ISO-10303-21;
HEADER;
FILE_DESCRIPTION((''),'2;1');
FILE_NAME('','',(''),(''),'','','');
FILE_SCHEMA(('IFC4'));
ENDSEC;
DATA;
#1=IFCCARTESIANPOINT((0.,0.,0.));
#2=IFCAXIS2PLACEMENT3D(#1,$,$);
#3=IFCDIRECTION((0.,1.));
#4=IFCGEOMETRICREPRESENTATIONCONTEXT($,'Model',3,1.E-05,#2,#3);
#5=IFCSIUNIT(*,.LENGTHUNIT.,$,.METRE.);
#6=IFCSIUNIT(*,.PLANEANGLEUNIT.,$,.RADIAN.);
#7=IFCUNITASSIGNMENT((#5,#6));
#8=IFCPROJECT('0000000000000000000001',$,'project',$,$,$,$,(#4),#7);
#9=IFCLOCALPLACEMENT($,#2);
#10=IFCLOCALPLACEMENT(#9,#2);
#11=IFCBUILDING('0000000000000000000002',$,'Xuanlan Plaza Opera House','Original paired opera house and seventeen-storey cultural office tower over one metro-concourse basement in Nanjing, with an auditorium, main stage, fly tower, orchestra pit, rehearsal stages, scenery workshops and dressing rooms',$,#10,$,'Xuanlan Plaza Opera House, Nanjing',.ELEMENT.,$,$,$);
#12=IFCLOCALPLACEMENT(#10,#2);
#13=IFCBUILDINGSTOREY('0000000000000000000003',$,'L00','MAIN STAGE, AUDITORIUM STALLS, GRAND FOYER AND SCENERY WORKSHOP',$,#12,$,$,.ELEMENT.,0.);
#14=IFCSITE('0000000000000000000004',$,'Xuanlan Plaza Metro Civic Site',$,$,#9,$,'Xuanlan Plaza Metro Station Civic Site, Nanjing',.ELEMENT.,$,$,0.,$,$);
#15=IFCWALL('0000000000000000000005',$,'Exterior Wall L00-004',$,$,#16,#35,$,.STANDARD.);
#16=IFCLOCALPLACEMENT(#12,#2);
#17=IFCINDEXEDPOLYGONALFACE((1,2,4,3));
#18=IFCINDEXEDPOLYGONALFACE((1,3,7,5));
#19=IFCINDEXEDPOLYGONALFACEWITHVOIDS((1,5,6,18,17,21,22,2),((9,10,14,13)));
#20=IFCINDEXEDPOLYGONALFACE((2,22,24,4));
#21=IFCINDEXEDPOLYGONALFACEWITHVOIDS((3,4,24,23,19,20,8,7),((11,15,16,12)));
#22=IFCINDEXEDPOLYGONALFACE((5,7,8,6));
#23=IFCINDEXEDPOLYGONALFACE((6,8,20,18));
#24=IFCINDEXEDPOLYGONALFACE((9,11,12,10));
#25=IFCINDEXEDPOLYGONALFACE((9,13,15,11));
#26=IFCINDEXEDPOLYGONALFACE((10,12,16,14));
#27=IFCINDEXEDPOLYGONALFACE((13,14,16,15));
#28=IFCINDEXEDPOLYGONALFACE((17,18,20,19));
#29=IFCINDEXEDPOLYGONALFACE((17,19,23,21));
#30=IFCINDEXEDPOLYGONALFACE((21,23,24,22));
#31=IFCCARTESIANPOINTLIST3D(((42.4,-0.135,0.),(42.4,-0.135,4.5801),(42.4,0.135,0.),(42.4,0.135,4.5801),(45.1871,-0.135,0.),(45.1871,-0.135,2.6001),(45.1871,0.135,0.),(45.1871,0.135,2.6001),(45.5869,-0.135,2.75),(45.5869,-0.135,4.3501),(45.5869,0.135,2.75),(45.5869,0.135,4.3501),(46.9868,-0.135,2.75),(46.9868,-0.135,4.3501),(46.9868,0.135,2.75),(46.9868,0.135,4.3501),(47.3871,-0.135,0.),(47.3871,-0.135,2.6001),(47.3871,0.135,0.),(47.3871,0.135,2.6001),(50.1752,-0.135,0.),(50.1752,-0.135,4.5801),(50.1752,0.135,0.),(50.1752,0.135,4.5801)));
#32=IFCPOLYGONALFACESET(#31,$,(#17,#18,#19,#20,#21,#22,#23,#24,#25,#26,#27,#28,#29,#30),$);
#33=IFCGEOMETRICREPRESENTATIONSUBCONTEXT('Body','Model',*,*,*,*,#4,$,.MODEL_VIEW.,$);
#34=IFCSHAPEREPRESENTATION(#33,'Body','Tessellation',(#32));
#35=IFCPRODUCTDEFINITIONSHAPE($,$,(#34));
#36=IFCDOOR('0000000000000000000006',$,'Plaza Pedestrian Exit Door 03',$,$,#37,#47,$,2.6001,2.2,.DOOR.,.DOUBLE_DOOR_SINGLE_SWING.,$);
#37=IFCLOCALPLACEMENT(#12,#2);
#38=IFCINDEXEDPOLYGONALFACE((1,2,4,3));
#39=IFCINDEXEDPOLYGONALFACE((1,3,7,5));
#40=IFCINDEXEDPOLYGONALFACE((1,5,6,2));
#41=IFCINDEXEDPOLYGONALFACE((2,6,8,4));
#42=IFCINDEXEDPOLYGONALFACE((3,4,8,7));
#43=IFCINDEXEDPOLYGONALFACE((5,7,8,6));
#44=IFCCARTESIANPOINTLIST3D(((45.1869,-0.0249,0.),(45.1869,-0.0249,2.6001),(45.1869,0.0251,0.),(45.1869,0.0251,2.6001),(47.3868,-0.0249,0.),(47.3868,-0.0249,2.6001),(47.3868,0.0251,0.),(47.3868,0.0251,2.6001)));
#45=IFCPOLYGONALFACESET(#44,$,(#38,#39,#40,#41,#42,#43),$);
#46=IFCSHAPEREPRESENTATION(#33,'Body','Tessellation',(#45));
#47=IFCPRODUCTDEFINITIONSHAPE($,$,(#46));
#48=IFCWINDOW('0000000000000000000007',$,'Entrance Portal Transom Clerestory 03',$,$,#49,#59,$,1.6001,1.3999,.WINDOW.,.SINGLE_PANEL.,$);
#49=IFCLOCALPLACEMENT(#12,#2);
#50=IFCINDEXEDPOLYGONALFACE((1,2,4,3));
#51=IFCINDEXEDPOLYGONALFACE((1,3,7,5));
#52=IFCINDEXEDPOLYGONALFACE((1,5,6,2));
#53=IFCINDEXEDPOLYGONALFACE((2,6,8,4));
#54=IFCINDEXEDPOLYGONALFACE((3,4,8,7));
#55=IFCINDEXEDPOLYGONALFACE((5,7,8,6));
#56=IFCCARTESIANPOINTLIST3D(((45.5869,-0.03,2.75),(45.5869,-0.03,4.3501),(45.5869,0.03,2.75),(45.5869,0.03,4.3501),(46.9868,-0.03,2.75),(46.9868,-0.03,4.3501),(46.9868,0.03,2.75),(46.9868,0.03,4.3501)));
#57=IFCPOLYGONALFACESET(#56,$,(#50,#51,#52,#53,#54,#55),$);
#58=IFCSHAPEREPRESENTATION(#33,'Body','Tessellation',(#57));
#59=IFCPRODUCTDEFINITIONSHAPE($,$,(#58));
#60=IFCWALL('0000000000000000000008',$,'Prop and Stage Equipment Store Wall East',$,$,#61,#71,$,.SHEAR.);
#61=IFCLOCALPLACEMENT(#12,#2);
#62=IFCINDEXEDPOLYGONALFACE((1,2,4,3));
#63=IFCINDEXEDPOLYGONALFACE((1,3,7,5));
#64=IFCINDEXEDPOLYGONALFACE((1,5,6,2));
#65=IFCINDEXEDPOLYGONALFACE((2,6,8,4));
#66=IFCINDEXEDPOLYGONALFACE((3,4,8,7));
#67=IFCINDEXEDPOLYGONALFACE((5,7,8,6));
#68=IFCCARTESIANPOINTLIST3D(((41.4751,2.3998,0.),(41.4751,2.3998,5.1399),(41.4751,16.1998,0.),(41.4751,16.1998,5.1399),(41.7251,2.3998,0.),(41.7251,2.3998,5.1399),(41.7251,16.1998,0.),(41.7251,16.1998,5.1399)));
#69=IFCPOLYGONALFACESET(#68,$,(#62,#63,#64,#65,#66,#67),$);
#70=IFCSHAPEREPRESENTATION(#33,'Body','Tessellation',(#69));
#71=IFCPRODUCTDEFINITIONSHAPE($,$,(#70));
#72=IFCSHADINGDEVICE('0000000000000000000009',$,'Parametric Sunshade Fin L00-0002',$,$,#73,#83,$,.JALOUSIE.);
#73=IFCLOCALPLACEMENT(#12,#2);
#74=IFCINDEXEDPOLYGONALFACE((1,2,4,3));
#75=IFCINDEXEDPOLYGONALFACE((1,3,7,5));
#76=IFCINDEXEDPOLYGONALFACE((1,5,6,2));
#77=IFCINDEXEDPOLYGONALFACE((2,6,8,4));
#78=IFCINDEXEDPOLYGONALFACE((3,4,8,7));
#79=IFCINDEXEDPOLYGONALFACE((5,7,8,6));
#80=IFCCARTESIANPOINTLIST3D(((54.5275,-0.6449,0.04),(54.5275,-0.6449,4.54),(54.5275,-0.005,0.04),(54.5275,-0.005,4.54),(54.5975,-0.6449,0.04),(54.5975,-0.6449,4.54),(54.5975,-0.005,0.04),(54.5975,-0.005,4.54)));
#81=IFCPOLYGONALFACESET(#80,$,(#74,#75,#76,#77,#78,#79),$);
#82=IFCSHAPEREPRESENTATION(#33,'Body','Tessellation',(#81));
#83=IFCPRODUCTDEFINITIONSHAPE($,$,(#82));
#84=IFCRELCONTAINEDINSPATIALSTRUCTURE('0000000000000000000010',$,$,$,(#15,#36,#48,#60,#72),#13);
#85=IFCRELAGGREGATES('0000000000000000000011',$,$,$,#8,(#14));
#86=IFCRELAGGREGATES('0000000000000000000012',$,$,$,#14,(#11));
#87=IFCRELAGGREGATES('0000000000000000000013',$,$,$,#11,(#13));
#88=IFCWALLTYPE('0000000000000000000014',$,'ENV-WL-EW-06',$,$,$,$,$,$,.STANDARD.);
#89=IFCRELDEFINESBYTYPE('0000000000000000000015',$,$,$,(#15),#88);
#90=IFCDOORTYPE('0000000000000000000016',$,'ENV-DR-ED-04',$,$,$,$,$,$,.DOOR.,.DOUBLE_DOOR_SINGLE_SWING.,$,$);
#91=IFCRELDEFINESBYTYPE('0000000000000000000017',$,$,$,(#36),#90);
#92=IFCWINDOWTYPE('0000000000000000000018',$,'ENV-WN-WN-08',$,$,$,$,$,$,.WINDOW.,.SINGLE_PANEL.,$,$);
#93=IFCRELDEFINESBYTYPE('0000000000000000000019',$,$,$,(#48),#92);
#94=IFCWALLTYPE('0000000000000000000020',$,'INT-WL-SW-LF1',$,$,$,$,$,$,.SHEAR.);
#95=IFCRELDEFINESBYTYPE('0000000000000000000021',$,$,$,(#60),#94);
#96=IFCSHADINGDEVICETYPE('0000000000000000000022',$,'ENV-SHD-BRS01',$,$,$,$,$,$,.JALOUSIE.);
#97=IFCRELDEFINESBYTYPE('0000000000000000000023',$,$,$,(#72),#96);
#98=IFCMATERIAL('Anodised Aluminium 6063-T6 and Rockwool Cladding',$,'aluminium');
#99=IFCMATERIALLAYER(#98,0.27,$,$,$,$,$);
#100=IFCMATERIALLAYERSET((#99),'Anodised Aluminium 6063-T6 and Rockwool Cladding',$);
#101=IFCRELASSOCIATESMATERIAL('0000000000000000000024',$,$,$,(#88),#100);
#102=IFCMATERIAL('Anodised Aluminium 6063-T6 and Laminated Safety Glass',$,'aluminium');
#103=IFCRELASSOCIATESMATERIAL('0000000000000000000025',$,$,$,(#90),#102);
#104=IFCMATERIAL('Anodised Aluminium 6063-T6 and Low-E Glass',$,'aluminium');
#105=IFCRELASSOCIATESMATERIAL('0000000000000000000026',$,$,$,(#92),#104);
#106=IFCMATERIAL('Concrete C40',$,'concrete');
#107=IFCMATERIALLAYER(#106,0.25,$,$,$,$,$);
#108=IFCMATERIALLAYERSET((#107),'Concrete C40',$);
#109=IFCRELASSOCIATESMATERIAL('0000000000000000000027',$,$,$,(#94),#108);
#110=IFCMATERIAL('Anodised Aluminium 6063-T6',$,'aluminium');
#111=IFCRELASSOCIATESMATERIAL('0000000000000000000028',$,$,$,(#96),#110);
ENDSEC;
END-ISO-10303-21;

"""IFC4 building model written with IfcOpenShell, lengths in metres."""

from ifc_helpers import new_model, si_unit, direction, frame, frame_2d, origin, origin_2d, place, context, subcontext, project, spatial, rectangle, extrude, material, layer, layer_set, type_object, element, fill, save


model = new_model("IFC4")

# Units and contexts
model_context = context("Model", 3, precision=1e-05, world=origin(), true_north=direction((0.0, 1.0)))
body_context = subcontext(model_context, "Body", "Model", "MODEL_VIEW")
ifc_project = project(units=[si_unit("LENGTHUNIT", "METRE"), si_unit("PLANEANGLEUNIT", "RADIAN")], contexts=[model_context])

# Site, building, storey
site_placement = place(None, origin())
site = spatial("IfcSite", under=ifc_project, at=site_placement, Name="Xuanlan Plaza Metro Civic Site", LongName="Xuanlan Plaza Metro Station Civic Site, Nanjing", CompositionType="ELEMENT", RefElevation=0.0)
building_placement = place(site_placement, origin())
building = spatial("IfcBuilding", under=site, at=building_placement, Name="Xuanlan Plaza Opera House", Description="Original paired opera house and seventeen-storey cultural office tower over one metro-concourse basement in Nanjing, with an auditorium, main stage, fly tower, orchestra pit, rehearsal stages, scenery workshops and dressing rooms", LongName="Xuanlan Plaza Opera House, Nanjing", CompositionType="ELEMENT")
storey_placement = place(building_placement, origin())
storey = spatial("IfcBuildingStorey", under=building, at=storey_placement, Name="L00", Description="MAIN STAGE, AUDITORIUM STALLS, GRAND FOYER AND SCENERY WORKSHOP", CompositionType="ELEMENT", Elevation=0.0)

# Shared definitions
ifc_material_1 = material(Name="Concrete C40", Category="concrete")

# Shared definitions
ifc_material_2 = material(Name="Anodised Aluminium 6063-T6 and Low-E Glass", Category="aluminium")
ifc_material_3 = material(Name="Anodised Aluminium 6063-T6", Category="aluminium")

# Wall, openings, door, window
ifc_material_4 = material(Name="Anodised Aluminium 6063-T6 and Rockwool Cladding", Category="aluminium")
ifc_layer_1 = layer(ifc_material_4, 0.27)
ifc_layer_set_1 = layer_set([ifc_layer_1], Name="Anodised Aluminium 6063-T6 and Rockwool Cladding")
wall_type_1 = type_object("IfcWallType", Name="ENV-WL-EW-06", PredefinedType="STANDARD", material=ifc_layer_set_1)
wall_1_placement = place(storey_placement, frame((42.3999, 0.0, 0.0), z_axis=(0.0, 0.0, 1.0), x_axis=(1.0, 0.0, 0.0)))
wall_1 = element("IfcWall", 1, at=wall_1_placement, inside=storey, type_object=wall_type_1, Name="Exterior Wall L00-004", PredefinedType="STANDARD", context=body_context, shape_type="SweptSolid", body=[
    extrude(rectangle(XDim=7.7751, YDim=0.27, at=frame_2d((3.8877, 0.0))), origin(), (0.0, 0.0, 1.0), 4.5801),
])
opening_1_placement = place(wall_1_placement, frame((2.7871, 0.0, 0.0)))
opening_1 = element("IfcOpeningElement", 2, at=opening_1_placement, cuts=wall_1, PredefinedType="OPENING", context=body_context, shape_type="SweptSolid", body=[
    extrude(rectangle(XDim=2.2, YDim=2.6001, at=frame_2d((1.1001, 1.3))), frame((0.0, 0.145, 0.0), z_axis=(0.0, -1.0, 0.0), x_axis=(1.0, 0.0, 0.0)), (0.0, 0.0, 1.0), 0.29),
])
opening_2_placement = place(wall_1_placement, frame((3.187, 0.0, 2.75)))
opening_2 = element("IfcOpeningElement", 3, at=opening_2_placement, cuts=wall_1, PredefinedType="OPENING", context=body_context, shape_type="SweptSolid", body=[
    extrude(rectangle(XDim=1.3999, YDim=1.6001, at=frame_2d((0.7, 0.8))), frame((0.0, 0.145, 0.0), z_axis=(0.0, -1.0, 0.0), x_axis=(1.0, 0.0, 0.0)), (0.0, 0.0, 1.0), 0.29),
])
ifc_material_5 = material(Name="Anodised Aluminium 6063-T6 and Laminated Safety Glass", Category="aluminium")
door_type = type_object("IfcDoorType", Name="ENV-DR-ED-04", OperationType="DOUBLE_DOOR_SINGLE_SWING", PredefinedType="DOOR", material=ifc_material_5)
door_placement = place(opening_1_placement, frame((2.2, 0.0, 0.0), z_axis=(0.0, 0.0, 1.0), x_axis=(-1.0, 0.0, 0.0)))
door = element("IfcDoor", 4, at=door_placement, inside=storey, type_object=door_type, Name="Plaza Pedestrian Exit Door 03", OperationType="DOUBLE_DOOR_SINGLE_SWING", OverallHeight=2.6001, OverallWidth=2.2, PredefinedType="DOOR", context=body_context, shape_type="SweptSolid", body=[
    extrude(rectangle(XDim=2.2, YDim=2.6001, at=frame_2d((1.1001, 1.3))), frame((0.0, 0.0249, 0.0), z_axis=(0.0, -1.0, 0.0), x_axis=(1.0, 0.0, 0.0)), (0.0, 0.0, 1.0), 0.05),
])
fill(opening_1, door)
window_type = type_object("IfcWindowType", Name="ENV-WN-WN-08", PartitioningType="SINGLE_PANEL", PredefinedType="WINDOW", material=ifc_material_2)
window_placement = place(opening_2_placement, origin())
window = element("IfcWindow", 5, at=window_placement, inside=storey, type_object=window_type, Name="Entrance Portal Transom Clerestory 03", OverallHeight=1.6001, OverallWidth=1.3999, PartitioningType="SINGLE_PANEL", PredefinedType="WINDOW", context=body_context, shape_type="SweptSolid", body=[
    extrude(rectangle(XDim=1.3999, YDim=1.6001, at=frame_2d((0.7, 0.8))), frame((0.0, 0.03, 0.0), z_axis=(0.0, -1.0, 0.0), x_axis=(1.0, 0.0, 0.0)), (0.0, 0.0, 1.0), 0.0601),
])
fill(opening_2, window)

# Wall
ifc_layer_2 = layer(ifc_material_1, 0.25)
ifc_layer_set_2 = layer_set([ifc_layer_2], Name="Concrete C40")
wall_type_2 = type_object("IfcWallType", Name="INT-WL-SW-LF1", PredefinedType="SHEAR", material=ifc_layer_set_2)
wall_2_placement = place(storey_placement, frame((41.6001, 2.3999, 0.0), z_axis=(0.0, 0.0, 1.0), x_axis=(0.0, 1.0, 0.0)))
element("IfcWall", 6, at=wall_2_placement, inside=storey, type_object=wall_type_2, Name="Prop and Stage Equipment Store Wall East", PredefinedType="SHEAR", context=body_context, shape_type="SweptSolid", body=[
    extrude(rectangle(XDim=13.8, YDim=0.25, at=frame_2d((6.8999, 0.0))), origin(), (0.0, 0.0, 1.0), 5.1399),
])

# Shading device
shading_device_type = type_object("IfcShadingDeviceType", Name="ENV-SHD-BRS01", PredefinedType="JALOUSIE", material=ifc_material_3)
shading_device_placement = place(storey_placement, frame((54.5625, -0.325, 0.04), z_axis=(0.0, 0.0, 1.0), x_axis=(0.0, -1.0, 0.0)))
element("IfcShadingDevice", 7, at=shading_device_placement, inside=storey, type_object=shading_device_type, Name="Parametric Sunshade Fin L00-0002", PredefinedType="JALOUSIE", context=body_context, shape_type="SweptSolid", body=[
    extrude(rectangle(XDim=0.6399, YDim=0.0701, at=origin_2d()), origin(), (0.0, 0.0, 1.0), 4.5),
])

save(model, "model.ifc")
